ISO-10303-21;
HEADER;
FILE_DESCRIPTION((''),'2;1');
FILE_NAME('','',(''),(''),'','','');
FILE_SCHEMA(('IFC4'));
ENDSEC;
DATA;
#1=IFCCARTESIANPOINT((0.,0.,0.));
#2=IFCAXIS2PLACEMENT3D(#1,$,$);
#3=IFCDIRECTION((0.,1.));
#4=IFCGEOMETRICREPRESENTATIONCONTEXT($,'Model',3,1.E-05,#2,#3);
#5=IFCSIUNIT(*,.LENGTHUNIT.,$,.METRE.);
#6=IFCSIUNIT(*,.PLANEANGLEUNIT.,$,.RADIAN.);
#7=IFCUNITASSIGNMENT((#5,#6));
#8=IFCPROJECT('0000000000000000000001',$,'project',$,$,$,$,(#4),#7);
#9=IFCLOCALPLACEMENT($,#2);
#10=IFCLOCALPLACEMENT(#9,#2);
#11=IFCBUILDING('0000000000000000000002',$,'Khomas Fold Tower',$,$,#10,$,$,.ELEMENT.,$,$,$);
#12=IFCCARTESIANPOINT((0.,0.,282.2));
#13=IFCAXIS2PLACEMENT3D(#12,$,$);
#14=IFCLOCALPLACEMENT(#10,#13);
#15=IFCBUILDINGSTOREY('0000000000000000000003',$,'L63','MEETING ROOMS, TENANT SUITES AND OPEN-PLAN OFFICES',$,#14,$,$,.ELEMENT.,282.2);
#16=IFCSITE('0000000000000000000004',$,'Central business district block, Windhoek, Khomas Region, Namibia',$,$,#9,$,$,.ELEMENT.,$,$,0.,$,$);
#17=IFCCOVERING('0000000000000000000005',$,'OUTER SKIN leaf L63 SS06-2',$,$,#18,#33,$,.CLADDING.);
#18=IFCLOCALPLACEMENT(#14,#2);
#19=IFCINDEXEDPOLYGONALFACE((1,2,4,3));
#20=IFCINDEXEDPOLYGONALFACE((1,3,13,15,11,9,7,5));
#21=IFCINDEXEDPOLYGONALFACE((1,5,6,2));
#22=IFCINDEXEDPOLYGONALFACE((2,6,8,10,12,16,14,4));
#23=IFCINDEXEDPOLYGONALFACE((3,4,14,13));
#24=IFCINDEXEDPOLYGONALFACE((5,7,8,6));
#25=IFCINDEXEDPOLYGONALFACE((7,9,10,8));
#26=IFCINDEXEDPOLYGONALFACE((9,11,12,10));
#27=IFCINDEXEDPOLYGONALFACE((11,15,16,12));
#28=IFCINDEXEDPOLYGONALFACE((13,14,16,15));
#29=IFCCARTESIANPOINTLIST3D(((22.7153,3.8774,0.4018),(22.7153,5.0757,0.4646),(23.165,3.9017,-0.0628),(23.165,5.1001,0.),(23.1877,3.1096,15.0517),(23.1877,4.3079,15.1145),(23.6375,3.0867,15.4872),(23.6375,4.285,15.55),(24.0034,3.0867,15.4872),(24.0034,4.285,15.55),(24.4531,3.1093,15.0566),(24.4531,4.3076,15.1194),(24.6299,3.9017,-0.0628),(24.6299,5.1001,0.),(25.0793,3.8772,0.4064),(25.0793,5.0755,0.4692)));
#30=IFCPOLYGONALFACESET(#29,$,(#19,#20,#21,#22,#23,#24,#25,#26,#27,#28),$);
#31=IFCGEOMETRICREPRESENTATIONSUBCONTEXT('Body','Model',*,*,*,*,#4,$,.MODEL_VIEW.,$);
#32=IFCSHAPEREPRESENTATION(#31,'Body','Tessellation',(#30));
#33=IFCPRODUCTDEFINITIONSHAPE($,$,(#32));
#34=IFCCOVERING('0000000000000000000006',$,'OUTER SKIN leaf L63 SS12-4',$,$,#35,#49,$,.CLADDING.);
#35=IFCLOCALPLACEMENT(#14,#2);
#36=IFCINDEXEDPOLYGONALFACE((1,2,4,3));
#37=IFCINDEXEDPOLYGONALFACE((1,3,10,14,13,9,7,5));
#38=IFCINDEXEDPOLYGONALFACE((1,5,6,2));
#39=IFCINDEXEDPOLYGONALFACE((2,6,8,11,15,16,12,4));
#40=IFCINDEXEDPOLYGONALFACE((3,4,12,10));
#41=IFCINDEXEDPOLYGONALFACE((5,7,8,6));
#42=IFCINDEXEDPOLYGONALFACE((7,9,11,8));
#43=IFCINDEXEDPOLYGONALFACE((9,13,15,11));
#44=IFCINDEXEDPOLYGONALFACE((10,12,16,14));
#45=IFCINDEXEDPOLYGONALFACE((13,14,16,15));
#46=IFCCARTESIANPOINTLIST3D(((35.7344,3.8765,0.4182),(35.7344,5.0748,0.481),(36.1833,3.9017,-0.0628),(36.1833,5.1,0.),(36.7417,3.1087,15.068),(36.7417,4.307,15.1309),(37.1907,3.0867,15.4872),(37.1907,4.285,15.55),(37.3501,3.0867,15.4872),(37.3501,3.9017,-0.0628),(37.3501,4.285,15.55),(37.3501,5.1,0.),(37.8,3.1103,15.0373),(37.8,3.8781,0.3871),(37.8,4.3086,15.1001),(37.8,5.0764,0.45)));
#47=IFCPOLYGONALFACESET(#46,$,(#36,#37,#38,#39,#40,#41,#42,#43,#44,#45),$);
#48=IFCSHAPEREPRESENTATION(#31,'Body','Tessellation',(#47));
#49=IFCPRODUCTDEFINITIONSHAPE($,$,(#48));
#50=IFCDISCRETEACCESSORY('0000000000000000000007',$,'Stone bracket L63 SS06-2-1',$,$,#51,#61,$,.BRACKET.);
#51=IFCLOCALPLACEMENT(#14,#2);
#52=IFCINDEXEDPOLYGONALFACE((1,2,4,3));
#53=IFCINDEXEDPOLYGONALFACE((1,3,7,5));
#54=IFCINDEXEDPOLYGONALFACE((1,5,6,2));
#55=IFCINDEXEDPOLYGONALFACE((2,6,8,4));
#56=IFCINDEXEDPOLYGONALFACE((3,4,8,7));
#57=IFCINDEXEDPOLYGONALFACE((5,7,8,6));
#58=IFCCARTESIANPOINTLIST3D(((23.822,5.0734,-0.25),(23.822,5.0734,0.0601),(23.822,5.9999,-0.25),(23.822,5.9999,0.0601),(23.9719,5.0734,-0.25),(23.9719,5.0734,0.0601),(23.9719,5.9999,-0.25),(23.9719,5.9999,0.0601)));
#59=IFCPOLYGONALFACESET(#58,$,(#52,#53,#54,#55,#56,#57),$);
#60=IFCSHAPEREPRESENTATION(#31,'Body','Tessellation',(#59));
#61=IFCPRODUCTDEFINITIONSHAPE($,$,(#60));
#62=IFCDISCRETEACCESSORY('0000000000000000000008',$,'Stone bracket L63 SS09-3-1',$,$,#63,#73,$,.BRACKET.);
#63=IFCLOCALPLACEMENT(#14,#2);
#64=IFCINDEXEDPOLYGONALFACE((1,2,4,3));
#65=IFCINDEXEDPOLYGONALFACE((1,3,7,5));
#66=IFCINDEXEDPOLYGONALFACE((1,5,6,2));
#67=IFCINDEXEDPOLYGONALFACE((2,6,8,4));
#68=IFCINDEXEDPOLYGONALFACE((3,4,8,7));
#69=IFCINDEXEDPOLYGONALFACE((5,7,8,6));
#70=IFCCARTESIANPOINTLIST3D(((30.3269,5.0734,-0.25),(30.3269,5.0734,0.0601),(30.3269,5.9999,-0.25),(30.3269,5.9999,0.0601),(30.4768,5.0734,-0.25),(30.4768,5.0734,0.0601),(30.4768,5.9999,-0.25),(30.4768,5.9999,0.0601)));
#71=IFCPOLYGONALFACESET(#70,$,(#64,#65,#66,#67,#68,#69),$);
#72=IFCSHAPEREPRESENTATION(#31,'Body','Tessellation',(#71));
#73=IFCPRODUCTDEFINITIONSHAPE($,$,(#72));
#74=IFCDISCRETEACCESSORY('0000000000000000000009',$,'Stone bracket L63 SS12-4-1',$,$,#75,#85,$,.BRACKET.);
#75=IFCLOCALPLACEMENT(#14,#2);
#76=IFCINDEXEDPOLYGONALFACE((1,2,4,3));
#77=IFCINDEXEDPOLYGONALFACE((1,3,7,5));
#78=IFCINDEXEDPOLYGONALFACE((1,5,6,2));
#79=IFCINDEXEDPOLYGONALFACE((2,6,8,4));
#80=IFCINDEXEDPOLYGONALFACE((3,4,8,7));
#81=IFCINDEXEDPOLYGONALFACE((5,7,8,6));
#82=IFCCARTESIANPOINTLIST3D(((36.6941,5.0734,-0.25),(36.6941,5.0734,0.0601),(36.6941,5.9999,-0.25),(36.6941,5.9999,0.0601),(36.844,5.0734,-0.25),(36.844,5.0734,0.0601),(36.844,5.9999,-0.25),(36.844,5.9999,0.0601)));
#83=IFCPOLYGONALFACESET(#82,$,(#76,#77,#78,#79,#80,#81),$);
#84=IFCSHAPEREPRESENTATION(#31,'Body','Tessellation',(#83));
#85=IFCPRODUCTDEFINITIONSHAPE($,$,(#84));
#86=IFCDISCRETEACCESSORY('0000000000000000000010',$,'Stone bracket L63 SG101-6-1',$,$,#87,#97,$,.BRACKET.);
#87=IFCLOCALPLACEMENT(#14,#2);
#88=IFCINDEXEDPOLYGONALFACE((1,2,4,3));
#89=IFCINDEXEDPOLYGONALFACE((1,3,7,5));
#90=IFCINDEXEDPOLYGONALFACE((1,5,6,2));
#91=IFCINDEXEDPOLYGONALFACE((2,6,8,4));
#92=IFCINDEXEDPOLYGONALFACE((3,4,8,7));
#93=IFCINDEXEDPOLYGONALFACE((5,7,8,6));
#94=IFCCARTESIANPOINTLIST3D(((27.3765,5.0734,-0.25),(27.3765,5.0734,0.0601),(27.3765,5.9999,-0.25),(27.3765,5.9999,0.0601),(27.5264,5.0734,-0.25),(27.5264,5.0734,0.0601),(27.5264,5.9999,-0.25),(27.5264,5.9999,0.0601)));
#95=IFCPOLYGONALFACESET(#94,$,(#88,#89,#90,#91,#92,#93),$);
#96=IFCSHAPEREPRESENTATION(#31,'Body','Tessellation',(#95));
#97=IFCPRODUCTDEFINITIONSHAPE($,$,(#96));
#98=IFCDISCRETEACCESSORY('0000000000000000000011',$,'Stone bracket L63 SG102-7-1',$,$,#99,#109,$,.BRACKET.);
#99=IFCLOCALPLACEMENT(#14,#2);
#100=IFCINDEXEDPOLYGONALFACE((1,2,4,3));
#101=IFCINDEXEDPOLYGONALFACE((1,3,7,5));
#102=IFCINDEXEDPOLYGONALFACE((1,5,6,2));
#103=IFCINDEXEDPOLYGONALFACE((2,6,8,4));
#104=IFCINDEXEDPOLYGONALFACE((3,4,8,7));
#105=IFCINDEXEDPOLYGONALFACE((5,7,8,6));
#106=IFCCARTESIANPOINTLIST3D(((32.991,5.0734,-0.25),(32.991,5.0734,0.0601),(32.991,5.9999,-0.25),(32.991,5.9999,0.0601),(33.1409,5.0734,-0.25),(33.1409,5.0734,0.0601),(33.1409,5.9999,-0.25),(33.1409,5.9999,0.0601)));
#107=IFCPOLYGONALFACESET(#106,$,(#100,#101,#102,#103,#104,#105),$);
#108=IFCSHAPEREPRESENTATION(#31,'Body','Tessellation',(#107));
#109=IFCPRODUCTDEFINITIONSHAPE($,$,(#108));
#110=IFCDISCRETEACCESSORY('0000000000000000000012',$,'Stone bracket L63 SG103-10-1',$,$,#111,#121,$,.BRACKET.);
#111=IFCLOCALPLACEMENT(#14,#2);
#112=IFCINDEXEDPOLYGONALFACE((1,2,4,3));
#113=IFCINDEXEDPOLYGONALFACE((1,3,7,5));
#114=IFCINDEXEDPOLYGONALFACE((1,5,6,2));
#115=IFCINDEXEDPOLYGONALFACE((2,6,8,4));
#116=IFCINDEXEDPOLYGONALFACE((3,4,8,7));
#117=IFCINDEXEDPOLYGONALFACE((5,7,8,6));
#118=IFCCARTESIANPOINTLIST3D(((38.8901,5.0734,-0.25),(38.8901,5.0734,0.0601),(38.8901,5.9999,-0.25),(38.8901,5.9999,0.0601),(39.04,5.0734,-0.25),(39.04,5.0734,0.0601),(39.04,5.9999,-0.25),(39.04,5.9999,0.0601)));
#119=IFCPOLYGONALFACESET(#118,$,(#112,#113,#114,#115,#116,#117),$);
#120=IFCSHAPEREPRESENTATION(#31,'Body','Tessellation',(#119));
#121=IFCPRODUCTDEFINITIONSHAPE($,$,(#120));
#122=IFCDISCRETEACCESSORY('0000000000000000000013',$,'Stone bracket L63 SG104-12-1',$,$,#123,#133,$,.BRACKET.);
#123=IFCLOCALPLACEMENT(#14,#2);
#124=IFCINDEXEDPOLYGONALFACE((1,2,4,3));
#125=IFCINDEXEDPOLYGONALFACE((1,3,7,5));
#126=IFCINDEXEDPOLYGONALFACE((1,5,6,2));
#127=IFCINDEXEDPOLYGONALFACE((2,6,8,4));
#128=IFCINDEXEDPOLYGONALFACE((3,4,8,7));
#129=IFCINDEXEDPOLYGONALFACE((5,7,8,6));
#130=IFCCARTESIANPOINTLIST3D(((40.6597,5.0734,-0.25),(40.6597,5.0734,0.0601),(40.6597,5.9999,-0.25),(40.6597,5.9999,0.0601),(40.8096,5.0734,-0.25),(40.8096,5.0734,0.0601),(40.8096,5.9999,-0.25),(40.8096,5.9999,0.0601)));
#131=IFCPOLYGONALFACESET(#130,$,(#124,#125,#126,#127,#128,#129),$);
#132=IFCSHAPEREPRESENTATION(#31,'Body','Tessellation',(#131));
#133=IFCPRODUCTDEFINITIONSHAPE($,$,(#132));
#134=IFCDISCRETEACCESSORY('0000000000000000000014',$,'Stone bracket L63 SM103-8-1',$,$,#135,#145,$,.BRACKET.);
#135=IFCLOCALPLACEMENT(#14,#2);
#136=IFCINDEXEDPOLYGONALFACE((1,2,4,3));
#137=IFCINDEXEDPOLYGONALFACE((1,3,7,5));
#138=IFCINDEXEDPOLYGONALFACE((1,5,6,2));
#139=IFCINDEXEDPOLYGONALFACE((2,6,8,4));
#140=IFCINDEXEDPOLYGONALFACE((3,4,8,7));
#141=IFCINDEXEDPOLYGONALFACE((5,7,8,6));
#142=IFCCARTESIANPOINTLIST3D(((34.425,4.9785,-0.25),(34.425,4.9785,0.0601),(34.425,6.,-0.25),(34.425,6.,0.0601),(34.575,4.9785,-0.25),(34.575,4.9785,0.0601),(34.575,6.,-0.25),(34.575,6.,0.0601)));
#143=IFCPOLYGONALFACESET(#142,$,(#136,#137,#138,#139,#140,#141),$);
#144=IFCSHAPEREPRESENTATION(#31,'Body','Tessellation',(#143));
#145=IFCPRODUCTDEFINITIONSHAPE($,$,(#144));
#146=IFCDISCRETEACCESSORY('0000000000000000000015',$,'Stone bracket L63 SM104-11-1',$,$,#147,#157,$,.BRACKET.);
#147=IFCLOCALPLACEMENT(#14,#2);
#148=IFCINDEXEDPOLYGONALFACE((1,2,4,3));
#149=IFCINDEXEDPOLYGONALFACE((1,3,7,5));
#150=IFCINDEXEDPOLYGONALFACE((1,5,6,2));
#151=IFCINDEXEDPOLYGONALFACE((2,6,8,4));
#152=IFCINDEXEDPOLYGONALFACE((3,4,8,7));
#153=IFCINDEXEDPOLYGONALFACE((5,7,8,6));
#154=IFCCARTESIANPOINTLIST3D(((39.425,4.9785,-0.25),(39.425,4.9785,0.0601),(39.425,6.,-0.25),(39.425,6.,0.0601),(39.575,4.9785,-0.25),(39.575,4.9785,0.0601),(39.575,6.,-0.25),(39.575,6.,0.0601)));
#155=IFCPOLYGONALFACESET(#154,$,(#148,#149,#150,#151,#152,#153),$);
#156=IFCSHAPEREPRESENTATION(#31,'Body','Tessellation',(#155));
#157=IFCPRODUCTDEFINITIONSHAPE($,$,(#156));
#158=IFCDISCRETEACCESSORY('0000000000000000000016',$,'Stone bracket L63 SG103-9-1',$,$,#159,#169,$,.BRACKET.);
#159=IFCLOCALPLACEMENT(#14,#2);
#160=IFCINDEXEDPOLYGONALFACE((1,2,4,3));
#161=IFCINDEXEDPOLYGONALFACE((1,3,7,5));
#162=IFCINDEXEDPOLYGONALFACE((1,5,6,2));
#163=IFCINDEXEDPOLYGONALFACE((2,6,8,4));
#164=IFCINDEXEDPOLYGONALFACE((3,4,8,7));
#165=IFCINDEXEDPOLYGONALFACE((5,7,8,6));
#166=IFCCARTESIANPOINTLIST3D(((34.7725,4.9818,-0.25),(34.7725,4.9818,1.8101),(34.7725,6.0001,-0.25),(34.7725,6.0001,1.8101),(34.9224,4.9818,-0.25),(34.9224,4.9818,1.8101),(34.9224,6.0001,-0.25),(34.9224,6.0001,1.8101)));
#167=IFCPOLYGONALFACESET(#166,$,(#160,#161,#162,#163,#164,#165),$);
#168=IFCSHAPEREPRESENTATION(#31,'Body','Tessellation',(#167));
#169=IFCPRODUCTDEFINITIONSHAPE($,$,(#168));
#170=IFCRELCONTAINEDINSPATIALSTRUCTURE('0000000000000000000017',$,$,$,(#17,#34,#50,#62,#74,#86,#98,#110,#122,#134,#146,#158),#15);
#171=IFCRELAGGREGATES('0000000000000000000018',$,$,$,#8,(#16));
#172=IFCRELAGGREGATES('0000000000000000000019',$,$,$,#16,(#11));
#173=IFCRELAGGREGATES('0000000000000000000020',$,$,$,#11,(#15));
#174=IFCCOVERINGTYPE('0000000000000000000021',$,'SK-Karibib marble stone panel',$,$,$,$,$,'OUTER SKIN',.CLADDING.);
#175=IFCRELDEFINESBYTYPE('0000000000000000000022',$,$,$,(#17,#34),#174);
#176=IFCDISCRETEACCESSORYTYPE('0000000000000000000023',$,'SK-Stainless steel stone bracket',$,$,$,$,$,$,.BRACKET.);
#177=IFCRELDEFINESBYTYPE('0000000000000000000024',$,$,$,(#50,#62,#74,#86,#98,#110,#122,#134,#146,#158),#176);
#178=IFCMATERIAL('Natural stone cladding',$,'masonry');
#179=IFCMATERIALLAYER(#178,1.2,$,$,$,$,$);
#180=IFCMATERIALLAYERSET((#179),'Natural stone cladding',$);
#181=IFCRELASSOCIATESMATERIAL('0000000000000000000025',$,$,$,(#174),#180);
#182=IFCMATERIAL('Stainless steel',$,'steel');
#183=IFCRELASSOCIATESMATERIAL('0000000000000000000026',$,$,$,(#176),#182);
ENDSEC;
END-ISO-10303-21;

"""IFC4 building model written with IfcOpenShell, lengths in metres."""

from ifc_helpers import new_model, si_unit, direction, frame, origin, origin_2d, place, context, subcontext, project, spatial, polyline, rectangle, outline, extrude, source, transform, mapped, material, layer, layer_set, type_object, element, save


model = new_model("IFC4")

# Units and contexts
model_context = context("Model", 3, precision=1e-05, world=origin(), true_north=direction((0.0, 1.0)))
body_context = subcontext(model_context, "Body", "Model", "MODEL_VIEW")
ifc_project = project(units=[si_unit("LENGTHUNIT", "METRE"), si_unit("PLANEANGLEUNIT", "RADIAN")], contexts=[model_context])

# Site, building, storey
site_placement = place(None, origin())
site = spatial("IfcSite", under=ifc_project, at=site_placement, Name="Central business district block, Windhoek, Khomas Region, Namibia", CompositionType="ELEMENT", RefElevation=0.0)
building_placement = place(site_placement, origin())
building = spatial("IfcBuilding", under=site, at=building_placement, Name="Khomas Fold Tower", CompositionType="ELEMENT")
storey_placement = place(building_placement, frame((0.0, 0.0, 282.2)))
storey = spatial("IfcBuildingStorey", under=building, at=storey_placement, Name="L63", Description="MEETING ROOMS, TENANT SUITES AND OPEN-PLAN OFFICES", CompositionType="ELEMENT", Elevation=282.2)

# Coverings
ifc_material_1 = material(Name="Natural stone cladding", Category="masonry")
ifc_layer_1 = layer(ifc_material_1, 1.2)
ifc_layer_set_1 = layer_set([ifc_layer_1], Name="Natural stone cladding")
covering_type_1 = type_object("IfcCoveringType", Name="SK-Karibib marble stone panel", ElementType="OUTER SKIN", PredefinedType="CLADDING", material=ifc_layer_set_1)
covering_1_placement = place(storey_placement, frame((24.4531, 4.3076, 15.1194), z_axis=(-0.000003, 0.998629, 0.05234), x_axis=(0.042648, 0.052293, -0.997721)))
element("IfcCovering", 1, at=covering_1_placement, inside=storey, type_object=covering_type_1, Name="OUTER SKIN leaf L63 SS06-2", PredefinedType="CLADDING", context=body_context, shape_type="SweptSolid", body=[
    extrude(outline(polyline([(0.0, 0.0), (14.6836, 0.0), (15.1339, 0.4691), (15.0714, 1.9326), (14.5874, 2.3621), (-0.0491, 1.2644), (-0.4656, 0.7965), (-0.45, 0.4309), (0.0, 0.0)])), origin(), (0.0, 0.0, -1.0), 1.2),
])
covering_2_placement = place(storey_placement, frame((37.8, 4.3086, 15.1001), z_axis=(0.00002, 0.998629, 0.052338), x_axis=(0.0, 0.052338, -0.998629)))
element("IfcCovering", 2, at=covering_2_placement, inside=storey, type_object=covering_type_1, Name="OUTER SKIN leaf L63 SS12-4", PredefinedType="CLADDING", context=body_context, shape_type="SweptSolid", body=[
    extrude(outline(polyline([(0.0, 0.0), (14.6703, 0.0), (15.1208, 0.45), (15.1208, 1.6167), (14.6392, 2.0657), (-0.0308, 1.0583), (-0.4506, 0.6094), (-0.4506, 0.45), (0.0, 0.0)])), origin(), (0.0, 0.0, -1.0), 1.2),
])

# Discrete accessories
ifc_material_2 = material(Name="Stainless steel", Category="steel")
discrete_accessory_type = type_object("IfcDiscreteAccessoryType", Name="SK-Stainless steel stone bracket", PredefinedType="BRACKET", material=ifc_material_2)
shared_shape_1 = source(origin(), body_context, "Body", "SweptSolid", [
    extrude(rectangle(XDim=0.9265, YDim=0.1499, at=origin_2d()), origin(), (0.0, 0.0, 1.0), 0.3101),
])
for number, where, z_axis, x_axis, name in (
    (3, (23.897, 5.5366, -0.25), (0.0, 0.0, 1.0), (0.0, -1.0, 0.0), "Stone bracket L63 SS06-2-1"),
    (4, (30.4019, 5.5366, -0.25), (0.0, 0.0, 1.0), (0.0, -1.0, 0.0), "Stone bracket L63 SS09-3-1"),
    (5, (36.769, 5.5366, -0.25), (0.0, 0.0, 1.0), (0.0, -1.0, 0.0), "Stone bracket L63 SS12-4-1"),
    (6, (27.4514, 5.5366, -0.25), (0.0, 0.0, 1.0), (0.0, -1.0, 0.0), "Stone bracket L63 SG101-6-1"),
    (7, (33.0659, 5.5366, -0.25), (0.0, 0.0, 1.0), (0.0, -1.0, 0.0), "Stone bracket L63 SG102-7-1"),
    (8, (38.9651, 5.5366, -0.25), (0.0, 0.0, 1.0), (0.0, -1.0, 0.0), "Stone bracket L63 SG103-10-1"),
    (9, (40.7346, 5.5366, -0.25), (0.0, 0.0, 1.0), (0.0, -1.0, 0.0), "Stone bracket L63 SG104-12-1"),
):
    element("IfcDiscreteAccessory", number, at=place(storey_placement, frame(where, z_axis=z_axis, x_axis=x_axis)), inside=storey, type_object=discrete_accessory_type, Name=name, PredefinedType="BRACKET", context=body_context, shape_type="MappedRepresentation", body=[
        mapped(shared_shape_1, transform((0.0, 0.0, 0.0))),
    ])
shared_shape_2 = source(origin(), body_context, "Body", "SweptSolid", [
    extrude(rectangle(XDim=1.0215, YDim=0.1499, at=origin_2d()), origin(), (0.0, 0.0, 1.0), 0.3101),
])
for number, where, z_axis, x_axis, name in (
    (10, (34.5, 5.4893, -0.25), (0.0, 0.0, 1.0), (0.0, -1.0, 0.0), "Stone bracket L63 SM103-8-1"),
    (11, (39.5, 5.4893, -0.25), (0.0, 0.0, 1.0), (0.0, -1.0, 0.0), "Stone bracket L63 SM104-11-1"),
):
    element("IfcDiscreteAccessory", number, at=place(storey_placement, frame(where, z_axis=z_axis, x_axis=x_axis)), inside=storey, type_object=discrete_accessory_type, Name=name, PredefinedType="BRACKET", context=body_context, shape_type="MappedRepresentation", body=[
        mapped(shared_shape_2, transform((0.0, 0.0, 0.0))),
    ])
shared_shape_3 = source(origin(), body_context, "Body", "SweptSolid", [
    extrude(rectangle(XDim=1.0183, YDim=0.1499, at=origin_2d()), origin(), (0.0, 0.0, 1.0), 2.0601),
])
discrete_accessory_placement = place(storey_placement, frame((34.8474, 5.491, -0.25), z_axis=(0.0, 0.0, 1.0), x_axis=(0.0, -1.0, 0.0)))
element("IfcDiscreteAccessory", 12, at=discrete_accessory_placement, inside=storey, type_object=discrete_accessory_type, Name="Stone bracket L63 SG103-9-1", PredefinedType="BRACKET", context=body_context, shape_type="MappedRepresentation", body=[
    mapped(shared_shape_3, transform((0.0, 0.0, 0.0))),
])

save(model, "model.ifc")
